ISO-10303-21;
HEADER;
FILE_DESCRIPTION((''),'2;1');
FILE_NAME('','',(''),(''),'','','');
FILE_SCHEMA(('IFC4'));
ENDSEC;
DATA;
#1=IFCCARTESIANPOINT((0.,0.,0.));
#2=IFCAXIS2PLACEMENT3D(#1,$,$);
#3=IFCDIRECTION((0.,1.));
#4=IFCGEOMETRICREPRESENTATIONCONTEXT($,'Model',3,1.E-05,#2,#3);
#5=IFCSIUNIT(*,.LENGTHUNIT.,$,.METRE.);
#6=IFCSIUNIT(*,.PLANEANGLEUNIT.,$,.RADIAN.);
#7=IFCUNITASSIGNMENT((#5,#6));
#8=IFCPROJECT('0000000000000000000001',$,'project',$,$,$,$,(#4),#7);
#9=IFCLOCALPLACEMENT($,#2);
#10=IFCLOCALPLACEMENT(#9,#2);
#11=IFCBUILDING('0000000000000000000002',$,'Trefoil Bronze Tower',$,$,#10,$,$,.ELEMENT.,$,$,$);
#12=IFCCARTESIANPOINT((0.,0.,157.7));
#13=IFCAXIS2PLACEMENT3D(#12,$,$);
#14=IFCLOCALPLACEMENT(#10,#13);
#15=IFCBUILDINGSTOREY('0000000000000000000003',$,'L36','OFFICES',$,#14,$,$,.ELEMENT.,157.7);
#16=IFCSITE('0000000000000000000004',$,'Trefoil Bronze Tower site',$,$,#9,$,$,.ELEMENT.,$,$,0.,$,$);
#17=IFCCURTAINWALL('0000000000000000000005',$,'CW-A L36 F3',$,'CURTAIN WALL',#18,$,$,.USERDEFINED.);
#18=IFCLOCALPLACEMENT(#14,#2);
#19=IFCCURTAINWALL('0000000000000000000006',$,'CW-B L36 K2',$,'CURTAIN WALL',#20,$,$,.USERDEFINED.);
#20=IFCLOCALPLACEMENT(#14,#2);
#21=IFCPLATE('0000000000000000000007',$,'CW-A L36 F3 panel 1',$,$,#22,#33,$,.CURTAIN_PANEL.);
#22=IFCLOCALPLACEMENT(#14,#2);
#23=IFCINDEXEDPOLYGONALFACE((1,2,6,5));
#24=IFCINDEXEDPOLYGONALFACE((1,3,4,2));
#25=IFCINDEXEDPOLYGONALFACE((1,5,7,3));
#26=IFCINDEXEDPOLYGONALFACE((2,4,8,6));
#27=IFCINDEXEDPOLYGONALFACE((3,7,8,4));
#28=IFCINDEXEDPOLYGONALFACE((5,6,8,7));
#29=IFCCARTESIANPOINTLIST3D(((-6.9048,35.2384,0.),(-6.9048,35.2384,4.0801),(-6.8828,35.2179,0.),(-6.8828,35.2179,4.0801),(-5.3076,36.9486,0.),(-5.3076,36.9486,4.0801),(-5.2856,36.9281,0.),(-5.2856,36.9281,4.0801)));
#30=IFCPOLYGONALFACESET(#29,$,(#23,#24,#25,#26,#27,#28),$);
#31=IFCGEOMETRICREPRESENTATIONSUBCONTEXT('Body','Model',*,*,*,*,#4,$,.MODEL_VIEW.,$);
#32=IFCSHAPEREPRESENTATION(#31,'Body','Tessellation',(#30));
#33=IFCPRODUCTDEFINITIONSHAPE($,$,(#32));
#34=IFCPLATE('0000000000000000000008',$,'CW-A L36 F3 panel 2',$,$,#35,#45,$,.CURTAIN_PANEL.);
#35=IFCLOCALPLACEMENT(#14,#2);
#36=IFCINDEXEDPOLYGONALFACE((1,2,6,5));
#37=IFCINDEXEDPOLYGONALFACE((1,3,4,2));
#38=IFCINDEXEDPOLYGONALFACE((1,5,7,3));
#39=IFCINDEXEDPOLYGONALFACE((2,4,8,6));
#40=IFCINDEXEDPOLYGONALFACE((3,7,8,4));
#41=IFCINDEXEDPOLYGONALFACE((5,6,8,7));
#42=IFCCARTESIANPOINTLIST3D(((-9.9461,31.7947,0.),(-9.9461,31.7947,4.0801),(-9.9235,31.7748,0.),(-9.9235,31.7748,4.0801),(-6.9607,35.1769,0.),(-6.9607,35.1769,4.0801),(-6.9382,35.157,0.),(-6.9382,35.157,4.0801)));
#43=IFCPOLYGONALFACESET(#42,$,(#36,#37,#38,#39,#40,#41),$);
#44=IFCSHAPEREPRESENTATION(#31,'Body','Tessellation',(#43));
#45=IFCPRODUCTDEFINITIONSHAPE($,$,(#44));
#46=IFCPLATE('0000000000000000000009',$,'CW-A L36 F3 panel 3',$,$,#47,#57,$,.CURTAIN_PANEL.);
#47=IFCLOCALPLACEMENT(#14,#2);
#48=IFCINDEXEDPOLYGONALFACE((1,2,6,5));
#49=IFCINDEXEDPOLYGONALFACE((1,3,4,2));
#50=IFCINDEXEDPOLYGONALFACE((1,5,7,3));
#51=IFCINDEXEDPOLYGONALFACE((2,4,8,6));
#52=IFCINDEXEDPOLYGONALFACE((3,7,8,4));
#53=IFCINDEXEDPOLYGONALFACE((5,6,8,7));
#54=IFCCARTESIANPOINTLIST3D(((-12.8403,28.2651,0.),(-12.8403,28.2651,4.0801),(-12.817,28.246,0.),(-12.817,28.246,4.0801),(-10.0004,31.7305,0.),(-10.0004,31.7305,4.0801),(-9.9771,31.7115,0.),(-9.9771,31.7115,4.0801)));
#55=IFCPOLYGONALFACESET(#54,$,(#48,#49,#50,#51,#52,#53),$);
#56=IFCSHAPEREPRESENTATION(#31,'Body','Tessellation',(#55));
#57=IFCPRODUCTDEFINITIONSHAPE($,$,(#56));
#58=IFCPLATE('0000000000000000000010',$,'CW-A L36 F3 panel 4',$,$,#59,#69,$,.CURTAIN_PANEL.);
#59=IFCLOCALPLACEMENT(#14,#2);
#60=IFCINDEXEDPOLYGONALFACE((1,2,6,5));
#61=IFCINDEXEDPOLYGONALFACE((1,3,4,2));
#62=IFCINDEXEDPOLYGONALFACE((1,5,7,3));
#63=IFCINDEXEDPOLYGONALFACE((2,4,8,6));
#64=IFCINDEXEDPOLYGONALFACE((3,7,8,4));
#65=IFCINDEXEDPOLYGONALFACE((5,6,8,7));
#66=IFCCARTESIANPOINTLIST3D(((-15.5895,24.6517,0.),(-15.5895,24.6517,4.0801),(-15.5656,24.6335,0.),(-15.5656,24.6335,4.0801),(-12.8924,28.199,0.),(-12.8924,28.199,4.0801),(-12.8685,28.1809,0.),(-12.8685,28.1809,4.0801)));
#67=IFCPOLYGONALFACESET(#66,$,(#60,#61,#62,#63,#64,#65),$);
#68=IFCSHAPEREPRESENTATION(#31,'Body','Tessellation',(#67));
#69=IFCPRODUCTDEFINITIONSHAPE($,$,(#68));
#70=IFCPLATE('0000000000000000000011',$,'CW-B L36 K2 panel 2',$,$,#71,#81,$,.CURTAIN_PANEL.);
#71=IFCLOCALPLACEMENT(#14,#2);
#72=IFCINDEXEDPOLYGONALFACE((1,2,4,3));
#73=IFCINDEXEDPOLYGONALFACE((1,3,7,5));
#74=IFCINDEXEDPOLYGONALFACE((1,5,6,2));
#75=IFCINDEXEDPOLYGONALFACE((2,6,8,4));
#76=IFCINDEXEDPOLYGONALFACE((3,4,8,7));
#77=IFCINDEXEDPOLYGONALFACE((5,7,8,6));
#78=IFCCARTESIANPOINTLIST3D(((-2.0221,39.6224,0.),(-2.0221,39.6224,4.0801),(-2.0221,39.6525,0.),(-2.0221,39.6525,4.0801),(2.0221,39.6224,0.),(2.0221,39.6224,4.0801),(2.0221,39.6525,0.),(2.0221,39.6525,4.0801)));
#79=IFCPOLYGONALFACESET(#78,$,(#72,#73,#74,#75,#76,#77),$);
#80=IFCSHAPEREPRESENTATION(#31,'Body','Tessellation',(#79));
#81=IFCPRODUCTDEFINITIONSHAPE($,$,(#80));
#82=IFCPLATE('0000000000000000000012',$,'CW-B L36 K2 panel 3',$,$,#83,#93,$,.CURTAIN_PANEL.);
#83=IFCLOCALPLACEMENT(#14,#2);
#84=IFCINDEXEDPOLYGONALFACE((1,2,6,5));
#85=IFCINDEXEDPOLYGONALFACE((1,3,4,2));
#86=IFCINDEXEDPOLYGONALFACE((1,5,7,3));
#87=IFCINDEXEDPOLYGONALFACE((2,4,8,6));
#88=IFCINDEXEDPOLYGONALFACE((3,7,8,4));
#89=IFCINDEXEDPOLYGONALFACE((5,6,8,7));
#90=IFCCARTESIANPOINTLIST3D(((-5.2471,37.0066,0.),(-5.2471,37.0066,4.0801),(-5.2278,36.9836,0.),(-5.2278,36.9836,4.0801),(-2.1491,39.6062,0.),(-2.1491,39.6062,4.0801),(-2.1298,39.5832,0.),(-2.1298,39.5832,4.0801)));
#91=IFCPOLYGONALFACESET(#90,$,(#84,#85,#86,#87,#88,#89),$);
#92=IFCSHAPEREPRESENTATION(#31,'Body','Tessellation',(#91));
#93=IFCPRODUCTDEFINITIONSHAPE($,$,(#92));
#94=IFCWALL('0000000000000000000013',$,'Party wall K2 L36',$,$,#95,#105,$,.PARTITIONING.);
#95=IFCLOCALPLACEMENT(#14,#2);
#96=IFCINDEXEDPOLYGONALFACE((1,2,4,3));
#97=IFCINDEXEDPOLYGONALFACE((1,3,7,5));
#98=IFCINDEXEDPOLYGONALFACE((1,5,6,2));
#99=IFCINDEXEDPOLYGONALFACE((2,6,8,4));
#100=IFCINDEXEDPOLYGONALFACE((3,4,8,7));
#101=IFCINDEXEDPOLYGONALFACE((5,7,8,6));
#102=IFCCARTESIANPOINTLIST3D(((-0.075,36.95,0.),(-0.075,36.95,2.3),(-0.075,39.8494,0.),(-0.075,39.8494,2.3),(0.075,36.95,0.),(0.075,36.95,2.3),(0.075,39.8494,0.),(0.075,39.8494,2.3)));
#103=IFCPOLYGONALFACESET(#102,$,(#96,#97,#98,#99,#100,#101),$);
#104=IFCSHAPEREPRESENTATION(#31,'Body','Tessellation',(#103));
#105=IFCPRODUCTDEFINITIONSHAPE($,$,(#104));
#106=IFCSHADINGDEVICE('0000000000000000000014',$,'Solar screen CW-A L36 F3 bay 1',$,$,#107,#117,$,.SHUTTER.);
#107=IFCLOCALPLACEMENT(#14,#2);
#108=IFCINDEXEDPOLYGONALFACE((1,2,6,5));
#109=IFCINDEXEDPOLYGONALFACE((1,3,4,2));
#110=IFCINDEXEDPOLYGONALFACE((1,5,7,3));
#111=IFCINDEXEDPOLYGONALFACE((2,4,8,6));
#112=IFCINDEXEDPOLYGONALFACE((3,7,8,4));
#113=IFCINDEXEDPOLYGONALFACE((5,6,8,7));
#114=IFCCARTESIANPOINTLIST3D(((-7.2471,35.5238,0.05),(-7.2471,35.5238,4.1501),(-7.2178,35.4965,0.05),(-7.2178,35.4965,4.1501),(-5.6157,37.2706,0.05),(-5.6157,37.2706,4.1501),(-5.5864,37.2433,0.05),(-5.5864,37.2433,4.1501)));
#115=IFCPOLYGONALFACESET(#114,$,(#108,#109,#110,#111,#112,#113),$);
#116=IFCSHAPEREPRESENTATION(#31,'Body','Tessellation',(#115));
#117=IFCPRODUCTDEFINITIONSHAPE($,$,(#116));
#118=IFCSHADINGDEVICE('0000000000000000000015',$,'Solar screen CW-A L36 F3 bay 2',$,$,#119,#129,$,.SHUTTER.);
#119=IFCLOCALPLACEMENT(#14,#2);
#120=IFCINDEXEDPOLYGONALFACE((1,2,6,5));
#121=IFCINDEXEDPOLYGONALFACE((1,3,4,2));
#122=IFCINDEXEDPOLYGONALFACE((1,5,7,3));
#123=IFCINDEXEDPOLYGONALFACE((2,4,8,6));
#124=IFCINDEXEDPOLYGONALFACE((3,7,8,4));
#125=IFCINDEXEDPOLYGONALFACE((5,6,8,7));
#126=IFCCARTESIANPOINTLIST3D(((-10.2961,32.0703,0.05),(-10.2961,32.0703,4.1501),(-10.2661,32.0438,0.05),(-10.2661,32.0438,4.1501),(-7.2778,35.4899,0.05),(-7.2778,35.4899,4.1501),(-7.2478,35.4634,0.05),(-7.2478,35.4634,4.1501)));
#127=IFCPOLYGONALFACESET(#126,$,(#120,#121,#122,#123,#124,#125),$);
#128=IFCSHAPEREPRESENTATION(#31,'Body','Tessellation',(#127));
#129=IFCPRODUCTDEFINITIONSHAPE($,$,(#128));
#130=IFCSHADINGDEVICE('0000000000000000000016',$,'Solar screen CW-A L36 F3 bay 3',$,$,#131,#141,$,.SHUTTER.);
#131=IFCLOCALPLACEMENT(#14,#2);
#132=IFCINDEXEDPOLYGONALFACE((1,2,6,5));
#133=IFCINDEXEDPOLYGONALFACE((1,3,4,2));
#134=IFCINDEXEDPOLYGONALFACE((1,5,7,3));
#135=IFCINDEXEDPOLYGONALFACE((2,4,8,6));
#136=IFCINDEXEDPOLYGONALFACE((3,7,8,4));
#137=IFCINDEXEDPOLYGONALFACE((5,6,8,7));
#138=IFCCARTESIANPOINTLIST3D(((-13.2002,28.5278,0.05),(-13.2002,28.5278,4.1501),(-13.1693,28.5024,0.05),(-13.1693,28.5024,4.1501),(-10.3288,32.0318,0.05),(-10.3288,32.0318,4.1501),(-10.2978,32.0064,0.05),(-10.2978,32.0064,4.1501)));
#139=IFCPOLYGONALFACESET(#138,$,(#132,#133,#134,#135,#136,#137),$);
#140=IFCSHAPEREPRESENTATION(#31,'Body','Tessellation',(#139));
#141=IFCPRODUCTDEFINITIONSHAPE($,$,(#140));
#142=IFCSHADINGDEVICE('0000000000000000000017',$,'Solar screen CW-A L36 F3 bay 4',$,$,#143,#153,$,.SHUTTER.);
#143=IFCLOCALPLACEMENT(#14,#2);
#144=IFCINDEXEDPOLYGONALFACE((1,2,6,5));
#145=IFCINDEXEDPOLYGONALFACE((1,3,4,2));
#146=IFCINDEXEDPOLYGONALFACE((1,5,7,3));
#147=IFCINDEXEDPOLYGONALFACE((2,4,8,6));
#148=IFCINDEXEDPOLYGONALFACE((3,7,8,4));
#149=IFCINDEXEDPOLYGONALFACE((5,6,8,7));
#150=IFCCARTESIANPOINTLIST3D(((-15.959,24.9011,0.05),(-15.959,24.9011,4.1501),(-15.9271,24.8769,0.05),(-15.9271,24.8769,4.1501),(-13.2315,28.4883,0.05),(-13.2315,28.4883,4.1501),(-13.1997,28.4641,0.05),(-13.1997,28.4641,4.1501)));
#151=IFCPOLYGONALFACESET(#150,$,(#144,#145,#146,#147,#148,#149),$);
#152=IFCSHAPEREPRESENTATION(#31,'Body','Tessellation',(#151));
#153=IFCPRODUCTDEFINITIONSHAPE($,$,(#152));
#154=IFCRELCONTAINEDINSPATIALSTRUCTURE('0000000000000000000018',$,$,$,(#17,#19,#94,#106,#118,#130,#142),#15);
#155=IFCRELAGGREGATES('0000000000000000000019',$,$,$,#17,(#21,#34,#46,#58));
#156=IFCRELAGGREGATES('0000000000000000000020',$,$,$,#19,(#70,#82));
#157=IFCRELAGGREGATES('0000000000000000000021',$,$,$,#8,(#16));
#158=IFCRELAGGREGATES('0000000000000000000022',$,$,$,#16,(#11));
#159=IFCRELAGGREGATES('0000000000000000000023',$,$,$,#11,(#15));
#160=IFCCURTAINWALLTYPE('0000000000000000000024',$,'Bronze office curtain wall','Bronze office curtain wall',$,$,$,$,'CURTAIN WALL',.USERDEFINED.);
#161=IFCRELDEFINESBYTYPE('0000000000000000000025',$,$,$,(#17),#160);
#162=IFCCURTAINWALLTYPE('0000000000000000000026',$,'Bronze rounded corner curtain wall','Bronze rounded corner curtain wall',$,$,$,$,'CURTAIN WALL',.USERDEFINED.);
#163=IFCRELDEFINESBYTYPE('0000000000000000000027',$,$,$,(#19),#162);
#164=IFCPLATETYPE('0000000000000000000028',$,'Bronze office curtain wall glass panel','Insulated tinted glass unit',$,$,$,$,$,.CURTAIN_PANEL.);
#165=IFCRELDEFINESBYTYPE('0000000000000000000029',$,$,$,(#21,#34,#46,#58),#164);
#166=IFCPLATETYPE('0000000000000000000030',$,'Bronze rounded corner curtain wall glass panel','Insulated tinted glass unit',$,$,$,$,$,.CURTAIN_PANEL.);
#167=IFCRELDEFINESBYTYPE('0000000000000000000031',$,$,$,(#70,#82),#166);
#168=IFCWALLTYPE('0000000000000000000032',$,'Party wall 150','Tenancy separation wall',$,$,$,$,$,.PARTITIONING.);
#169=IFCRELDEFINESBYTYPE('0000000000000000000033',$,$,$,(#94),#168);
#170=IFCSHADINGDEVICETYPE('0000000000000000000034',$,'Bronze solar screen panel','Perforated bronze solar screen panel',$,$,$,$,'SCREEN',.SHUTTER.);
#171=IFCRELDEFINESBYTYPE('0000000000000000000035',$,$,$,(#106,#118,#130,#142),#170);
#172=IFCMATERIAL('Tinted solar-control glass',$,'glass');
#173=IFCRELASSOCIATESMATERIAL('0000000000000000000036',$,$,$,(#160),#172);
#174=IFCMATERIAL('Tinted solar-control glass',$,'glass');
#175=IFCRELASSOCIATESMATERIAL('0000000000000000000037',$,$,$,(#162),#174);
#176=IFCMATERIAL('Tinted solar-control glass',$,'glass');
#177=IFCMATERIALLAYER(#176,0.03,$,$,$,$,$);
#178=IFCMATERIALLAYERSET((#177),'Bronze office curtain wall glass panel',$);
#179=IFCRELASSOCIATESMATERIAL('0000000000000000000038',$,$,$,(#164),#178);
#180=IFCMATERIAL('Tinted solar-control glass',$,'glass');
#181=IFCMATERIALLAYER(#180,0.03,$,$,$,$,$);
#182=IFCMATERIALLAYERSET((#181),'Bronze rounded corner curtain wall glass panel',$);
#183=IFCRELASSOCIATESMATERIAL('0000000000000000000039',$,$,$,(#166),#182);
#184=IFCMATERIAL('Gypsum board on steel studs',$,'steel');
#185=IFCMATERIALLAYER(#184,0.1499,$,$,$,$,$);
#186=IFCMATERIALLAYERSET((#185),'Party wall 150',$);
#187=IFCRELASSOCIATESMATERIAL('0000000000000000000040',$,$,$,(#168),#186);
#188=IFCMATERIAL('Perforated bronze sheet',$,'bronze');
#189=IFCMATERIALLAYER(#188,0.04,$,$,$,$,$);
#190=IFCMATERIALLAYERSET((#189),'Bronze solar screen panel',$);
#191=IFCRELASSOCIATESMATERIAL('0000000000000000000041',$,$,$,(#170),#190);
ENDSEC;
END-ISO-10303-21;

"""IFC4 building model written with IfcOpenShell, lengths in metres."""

from ifc_helpers import new_model, si_unit, direction, frame, frame_2d, origin, origin_2d, place, context, subcontext, project, spatial, rectangle, extrude, material, layer, layer_set, type_object, element, aggregate, save


model = new_model("IFC4")

# Units and contexts
model_context = context("Model", 3, precision=1e-05, world=origin(), true_north=direction((0.0, 1.0)))
body_context = subcontext(model_context, "Body", "Model", "MODEL_VIEW")
ifc_project = project(units=[si_unit("LENGTHUNIT", "METRE"), si_unit("PLANEANGLEUNIT", "RADIAN")], contexts=[model_context])

# Site, building, storey
site_placement = place(None, origin())
site = spatial("IfcSite", under=ifc_project, at=site_placement, Name="Trefoil Bronze Tower site", CompositionType="ELEMENT", RefElevation=0.0)
building_placement = place(site_placement, origin())
building = spatial("IfcBuilding", under=site, at=building_placement, Name="Trefoil Bronze Tower", CompositionType="ELEMENT")
storey_placement = place(building_placement, frame((0.0, 0.0, 157.7)))
storey = spatial("IfcBuildingStorey", under=building, at=storey_placement, Name="L36", Description="OFFICES", CompositionType="ELEMENT", Elevation=157.7)

# Curtain walls
ifc_material_1 = material(Name="Tinted solar-control glass", Category="glass")
curtain_wall_type_1 = type_object("IfcCurtainWallType", Name="Bronze office curtain wall", Description="Bronze office curtain wall", ElementType="CURTAIN WALL", PredefinedType="USERDEFINED", material=ifc_material_1)
curtain_wall_1_placement = place(storey_placement, origin())
curtain_wall_1 = element("IfcCurtainWall", 1, at=curtain_wall_1_placement, inside=storey, type_object=curtain_wall_type_1, Name="CW-A L36 F3", ObjectType="CURTAIN WALL", PredefinedType="USERDEFINED")
ifc_material_2 = material(Name="Tinted solar-control glass", Category="glass")
curtain_wall_type_2 = type_object("IfcCurtainWallType", Name="Bronze rounded corner curtain wall", Description="Bronze rounded corner curtain wall", ElementType="CURTAIN WALL", PredefinedType="USERDEFINED", material=ifc_material_2)
curtain_wall_2_placement = place(storey_placement, origin())
curtain_wall_2 = element("IfcCurtainWall", 2, at=curtain_wall_2_placement, inside=storey, type_object=curtain_wall_type_2, Name="CW-B L36 K2", ObjectType="CURTAIN WALL", PredefinedType="USERDEFINED")

# Plates
ifc_material_3 = material(Name="Tinted solar-control glass", Category="glass")
ifc_layer_1 = layer(ifc_material_3, 0.03)
ifc_layer_set_1 = layer_set([ifc_layer_1], Name="Bronze office curtain wall glass panel")
plate_type_1 = type_object("IfcPlateType", Name="Bronze office curtain wall glass panel", Description="Insulated tinted glass unit", PredefinedType="CURTAIN_PANEL", material=ifc_layer_set_1)
plate_1_placement = place(storey_placement, frame((-6.0952, 36.0833, 0.0), z_axis=(0.0, 0.0, 1.0), x_axis=(-0.682536, -0.730852, 0.0)))
plate_1 = element("IfcPlate", 3, at=plate_1_placement, type_object=plate_type_1, Name="CW-A L36 F3 panel 1", PredefinedType="CURTAIN_PANEL", context=body_context, shape_type="SweptSolid", body=[
    extrude(rectangle(XDim=2.3401, YDim=0.03, at=origin_2d()), origin(), (0.0, 0.0, 1.0), 4.0801),
])
plate_2_placement = place(storey_placement, frame((-8.4421, 33.4758, 0.0), z_axis=(0.0, 0.0, 1.0), x_axis=(-0.661751, -0.749723, 0.0)))
plate_2 = element("IfcPlate", 4, at=plate_2_placement, type_object=plate_type_1, Name="CW-A L36 F3 panel 2", PredefinedType="CURTAIN_PANEL", context=body_context, shape_type="SweptSolid", body=[
    extrude(rectangle(XDim=4.5112, YDim=0.03, at=origin_2d()), origin(), (0.0, 0.0, 1.0), 4.0801),
])
plate_3_placement = place(storey_placement, frame((-11.4087, 29.9883, 0.0), z_axis=(0.0, 0.0, 1.0), x_axis=(-0.63384, -0.773464, 0.0)))
plate_3 = element("IfcPlate", 5, at=plate_3_placement, type_object=plate_type_1, Name="CW-A L36 F3 panel 3", PredefinedType="CURTAIN_PANEL", context=body_context, shape_type="SweptSolid", body=[
    extrude(rectangle(XDim=4.4805, YDim=0.03, at=origin_2d()), origin(), (0.0, 0.0, 1.0), 4.0801),
])
plate_4_placement = place(storey_placement, frame((-14.229, 26.4163, 0.0), z_axis=(0.0, 0.0, 1.0), x_axis=(-0.605252, -0.796034, 0.0)))
plate_4 = element("IfcPlate", 6, at=plate_4_placement, type_object=plate_type_1, Name="CW-A L36 F3 panel 4", PredefinedType="CURTAIN_PANEL", context=body_context, shape_type="SweptSolid", body=[
    extrude(rectangle(XDim=4.4563, YDim=0.03, at=origin_2d()), origin(), (0.0, 0.0, 1.0), 4.0801),
])
aggregate(curtain_wall_1, [plate_1, plate_2, plate_3, plate_4])
ifc_material_4 = material(Name="Tinted solar-control glass", Category="glass")
ifc_layer_2 = layer(ifc_material_4, 0.03)
ifc_layer_set_2 = layer_set([ifc_layer_2], Name="Bronze rounded corner curtain wall glass panel")
plate_type_2 = type_object("IfcPlateType", Name="Bronze rounded corner curtain wall glass panel", Description="Insulated tinted glass unit", PredefinedType="CURTAIN_PANEL", material=ifc_layer_set_2)
plate_5_placement = place(storey_placement, frame((0.0, 39.6375, 0.0), z_axis=(0.0, 0.0, 1.0), x_axis=(-1.0, 0.0, 0.0)))
plate_5 = element("IfcPlate", 7, at=plate_5_placement, type_object=plate_type_2, Name="CW-B L36 K2 panel 2", PredefinedType="CURTAIN_PANEL", context=body_context, shape_type="SweptSolid", body=[
    extrude(rectangle(XDim=4.0442, YDim=0.03, at=origin_2d()), origin(), (0.0, 0.0, 1.0), 4.0801),
])
plate_6_placement = place(storey_placement, frame((-3.6885, 38.2949, 0.0), z_axis=(0.0, 0.0, 1.0), x_axis=(-0.766044, -0.642788, 0.0)))
plate_6 = element("IfcPlate", 8, at=plate_6_placement, type_object=plate_type_2, Name="CW-B L36 K2 panel 3", PredefinedType="CURTAIN_PANEL", context=body_context, shape_type="SweptSolid", body=[
    extrude(rectangle(XDim=4.0442, YDim=0.03, at=origin_2d()), origin(), (0.0, 0.0, 1.0), 4.0801),
])
aggregate(curtain_wall_2, [plate_5, plate_6])

# Wall
ifc_material_5 = material(Name="Gypsum board on steel studs", Category="steel")
ifc_layer_3 = layer(ifc_material_5, 0.1499)
ifc_layer_set_3 = layer_set([ifc_layer_3], Name="Party wall 150")
wall_type = type_object("IfcWallType", Name="Party wall 150", Description="Tenancy separation wall", PredefinedType="PARTITIONING", material=ifc_layer_set_3)
wall_placement = place(storey_placement, frame((0.0, 36.95, 0.0), z_axis=(0.0, 0.0, 1.0), x_axis=(0.0, 1.0, 0.0)))
element("IfcWall", 9, at=wall_placement, inside=storey, type_object=wall_type, Name="Party wall K2 L36", PredefinedType="PARTITIONING", context=body_context, shape_type="SweptSolid", body=[
    extrude(rectangle(XDim=2.8994, YDim=0.1499, at=frame_2d((1.4497, 0.0))), origin(), (0.0, 0.0, 1.0), 2.3),
])

# Shading devices
ifc_material_6 = material(Name="Perforated bronze sheet", Category="bronze")
ifc_layer_4 = layer(ifc_material_6, 0.04)
ifc_layer_set_4 = layer_set([ifc_layer_4], Name="Bronze solar screen panel")
shading_device_type = type_object("IfcShadingDeviceType", Name="Bronze solar screen panel", Description="Perforated bronze solar screen panel", ElementType="SCREEN", PredefinedType="SHUTTER", material=ifc_layer_set_4)
shading_device_1_placement = place(storey_placement, frame((-6.4167, 36.3835, 0.05), z_axis=(0.0, 0.0, 1.0), x_axis=(-0.682536, -0.730852, 0.0)))
element("IfcShadingDevice", 10, at=shading_device_1_placement, inside=storey, type_object=shading_device_type, Name="Solar screen CW-A L36 F3 bay 1", PredefinedType="SHUTTER", context=body_context, shape_type="SweptSolid", body=[
    extrude(rectangle(XDim=2.3901, YDim=0.04, at=origin_2d()), origin(), (0.0, 0.0, 1.0), 4.1001),
])
shading_device_2_placement = place(storey_placement, frame((-8.772, 33.7668, 0.05), z_axis=(0.0, 0.0, 1.0), x_axis=(-0.661751, -0.749723, 0.0)))
element("IfcShadingDevice", 11, at=shading_device_2_placement, inside=storey, type_object=shading_device_type, Name="Solar screen CW-A L36 F3 bay 2", PredefinedType="SHUTTER", context=body_context, shape_type="SweptSolid", body=[
    extrude(rectangle(XDim=4.561, YDim=0.04, at=origin_2d()), origin(), (0.0, 0.0, 1.0), 4.1001),
])
shading_device_3_placement = place(storey_placement, frame((-11.749, 30.2671, 0.05), z_axis=(0.0, 0.0, 1.0), x_axis=(-0.63384, -0.773464, 0.0)))
element("IfcShadingDevice", 12, at=shading_device_3_placement, inside=storey, type_object=shading_device_type, Name="Solar screen CW-A L36 F3 bay 3", PredefinedType="SHUTTER", context=body_context, shape_type="SweptSolid", body=[
    extrude(rectangle(XDim=4.5303, YDim=0.04, at=origin_2d()), origin(), (0.0, 0.0, 1.0), 4.1001),
])
shading_device_4_placement = place(storey_placement, frame((-14.5793, 26.6826, 0.05), z_axis=(0.0, 0.0, 1.0), x_axis=(-0.605252, -0.796034, 0.0)))
element("IfcShadingDevice", 13, at=shading_device_4_placement, inside=storey, type_object=shading_device_type, Name="Solar screen CW-A L36 F3 bay 4", PredefinedType="SHUTTER", context=body_context, shape_type="SweptSolid", body=[
    extrude(rectangle(XDim=4.5063, YDim=0.04, at=origin_2d()), origin(), (0.0, 0.0, 1.0), 4.1001),
])

save(model, "model.ifc")
